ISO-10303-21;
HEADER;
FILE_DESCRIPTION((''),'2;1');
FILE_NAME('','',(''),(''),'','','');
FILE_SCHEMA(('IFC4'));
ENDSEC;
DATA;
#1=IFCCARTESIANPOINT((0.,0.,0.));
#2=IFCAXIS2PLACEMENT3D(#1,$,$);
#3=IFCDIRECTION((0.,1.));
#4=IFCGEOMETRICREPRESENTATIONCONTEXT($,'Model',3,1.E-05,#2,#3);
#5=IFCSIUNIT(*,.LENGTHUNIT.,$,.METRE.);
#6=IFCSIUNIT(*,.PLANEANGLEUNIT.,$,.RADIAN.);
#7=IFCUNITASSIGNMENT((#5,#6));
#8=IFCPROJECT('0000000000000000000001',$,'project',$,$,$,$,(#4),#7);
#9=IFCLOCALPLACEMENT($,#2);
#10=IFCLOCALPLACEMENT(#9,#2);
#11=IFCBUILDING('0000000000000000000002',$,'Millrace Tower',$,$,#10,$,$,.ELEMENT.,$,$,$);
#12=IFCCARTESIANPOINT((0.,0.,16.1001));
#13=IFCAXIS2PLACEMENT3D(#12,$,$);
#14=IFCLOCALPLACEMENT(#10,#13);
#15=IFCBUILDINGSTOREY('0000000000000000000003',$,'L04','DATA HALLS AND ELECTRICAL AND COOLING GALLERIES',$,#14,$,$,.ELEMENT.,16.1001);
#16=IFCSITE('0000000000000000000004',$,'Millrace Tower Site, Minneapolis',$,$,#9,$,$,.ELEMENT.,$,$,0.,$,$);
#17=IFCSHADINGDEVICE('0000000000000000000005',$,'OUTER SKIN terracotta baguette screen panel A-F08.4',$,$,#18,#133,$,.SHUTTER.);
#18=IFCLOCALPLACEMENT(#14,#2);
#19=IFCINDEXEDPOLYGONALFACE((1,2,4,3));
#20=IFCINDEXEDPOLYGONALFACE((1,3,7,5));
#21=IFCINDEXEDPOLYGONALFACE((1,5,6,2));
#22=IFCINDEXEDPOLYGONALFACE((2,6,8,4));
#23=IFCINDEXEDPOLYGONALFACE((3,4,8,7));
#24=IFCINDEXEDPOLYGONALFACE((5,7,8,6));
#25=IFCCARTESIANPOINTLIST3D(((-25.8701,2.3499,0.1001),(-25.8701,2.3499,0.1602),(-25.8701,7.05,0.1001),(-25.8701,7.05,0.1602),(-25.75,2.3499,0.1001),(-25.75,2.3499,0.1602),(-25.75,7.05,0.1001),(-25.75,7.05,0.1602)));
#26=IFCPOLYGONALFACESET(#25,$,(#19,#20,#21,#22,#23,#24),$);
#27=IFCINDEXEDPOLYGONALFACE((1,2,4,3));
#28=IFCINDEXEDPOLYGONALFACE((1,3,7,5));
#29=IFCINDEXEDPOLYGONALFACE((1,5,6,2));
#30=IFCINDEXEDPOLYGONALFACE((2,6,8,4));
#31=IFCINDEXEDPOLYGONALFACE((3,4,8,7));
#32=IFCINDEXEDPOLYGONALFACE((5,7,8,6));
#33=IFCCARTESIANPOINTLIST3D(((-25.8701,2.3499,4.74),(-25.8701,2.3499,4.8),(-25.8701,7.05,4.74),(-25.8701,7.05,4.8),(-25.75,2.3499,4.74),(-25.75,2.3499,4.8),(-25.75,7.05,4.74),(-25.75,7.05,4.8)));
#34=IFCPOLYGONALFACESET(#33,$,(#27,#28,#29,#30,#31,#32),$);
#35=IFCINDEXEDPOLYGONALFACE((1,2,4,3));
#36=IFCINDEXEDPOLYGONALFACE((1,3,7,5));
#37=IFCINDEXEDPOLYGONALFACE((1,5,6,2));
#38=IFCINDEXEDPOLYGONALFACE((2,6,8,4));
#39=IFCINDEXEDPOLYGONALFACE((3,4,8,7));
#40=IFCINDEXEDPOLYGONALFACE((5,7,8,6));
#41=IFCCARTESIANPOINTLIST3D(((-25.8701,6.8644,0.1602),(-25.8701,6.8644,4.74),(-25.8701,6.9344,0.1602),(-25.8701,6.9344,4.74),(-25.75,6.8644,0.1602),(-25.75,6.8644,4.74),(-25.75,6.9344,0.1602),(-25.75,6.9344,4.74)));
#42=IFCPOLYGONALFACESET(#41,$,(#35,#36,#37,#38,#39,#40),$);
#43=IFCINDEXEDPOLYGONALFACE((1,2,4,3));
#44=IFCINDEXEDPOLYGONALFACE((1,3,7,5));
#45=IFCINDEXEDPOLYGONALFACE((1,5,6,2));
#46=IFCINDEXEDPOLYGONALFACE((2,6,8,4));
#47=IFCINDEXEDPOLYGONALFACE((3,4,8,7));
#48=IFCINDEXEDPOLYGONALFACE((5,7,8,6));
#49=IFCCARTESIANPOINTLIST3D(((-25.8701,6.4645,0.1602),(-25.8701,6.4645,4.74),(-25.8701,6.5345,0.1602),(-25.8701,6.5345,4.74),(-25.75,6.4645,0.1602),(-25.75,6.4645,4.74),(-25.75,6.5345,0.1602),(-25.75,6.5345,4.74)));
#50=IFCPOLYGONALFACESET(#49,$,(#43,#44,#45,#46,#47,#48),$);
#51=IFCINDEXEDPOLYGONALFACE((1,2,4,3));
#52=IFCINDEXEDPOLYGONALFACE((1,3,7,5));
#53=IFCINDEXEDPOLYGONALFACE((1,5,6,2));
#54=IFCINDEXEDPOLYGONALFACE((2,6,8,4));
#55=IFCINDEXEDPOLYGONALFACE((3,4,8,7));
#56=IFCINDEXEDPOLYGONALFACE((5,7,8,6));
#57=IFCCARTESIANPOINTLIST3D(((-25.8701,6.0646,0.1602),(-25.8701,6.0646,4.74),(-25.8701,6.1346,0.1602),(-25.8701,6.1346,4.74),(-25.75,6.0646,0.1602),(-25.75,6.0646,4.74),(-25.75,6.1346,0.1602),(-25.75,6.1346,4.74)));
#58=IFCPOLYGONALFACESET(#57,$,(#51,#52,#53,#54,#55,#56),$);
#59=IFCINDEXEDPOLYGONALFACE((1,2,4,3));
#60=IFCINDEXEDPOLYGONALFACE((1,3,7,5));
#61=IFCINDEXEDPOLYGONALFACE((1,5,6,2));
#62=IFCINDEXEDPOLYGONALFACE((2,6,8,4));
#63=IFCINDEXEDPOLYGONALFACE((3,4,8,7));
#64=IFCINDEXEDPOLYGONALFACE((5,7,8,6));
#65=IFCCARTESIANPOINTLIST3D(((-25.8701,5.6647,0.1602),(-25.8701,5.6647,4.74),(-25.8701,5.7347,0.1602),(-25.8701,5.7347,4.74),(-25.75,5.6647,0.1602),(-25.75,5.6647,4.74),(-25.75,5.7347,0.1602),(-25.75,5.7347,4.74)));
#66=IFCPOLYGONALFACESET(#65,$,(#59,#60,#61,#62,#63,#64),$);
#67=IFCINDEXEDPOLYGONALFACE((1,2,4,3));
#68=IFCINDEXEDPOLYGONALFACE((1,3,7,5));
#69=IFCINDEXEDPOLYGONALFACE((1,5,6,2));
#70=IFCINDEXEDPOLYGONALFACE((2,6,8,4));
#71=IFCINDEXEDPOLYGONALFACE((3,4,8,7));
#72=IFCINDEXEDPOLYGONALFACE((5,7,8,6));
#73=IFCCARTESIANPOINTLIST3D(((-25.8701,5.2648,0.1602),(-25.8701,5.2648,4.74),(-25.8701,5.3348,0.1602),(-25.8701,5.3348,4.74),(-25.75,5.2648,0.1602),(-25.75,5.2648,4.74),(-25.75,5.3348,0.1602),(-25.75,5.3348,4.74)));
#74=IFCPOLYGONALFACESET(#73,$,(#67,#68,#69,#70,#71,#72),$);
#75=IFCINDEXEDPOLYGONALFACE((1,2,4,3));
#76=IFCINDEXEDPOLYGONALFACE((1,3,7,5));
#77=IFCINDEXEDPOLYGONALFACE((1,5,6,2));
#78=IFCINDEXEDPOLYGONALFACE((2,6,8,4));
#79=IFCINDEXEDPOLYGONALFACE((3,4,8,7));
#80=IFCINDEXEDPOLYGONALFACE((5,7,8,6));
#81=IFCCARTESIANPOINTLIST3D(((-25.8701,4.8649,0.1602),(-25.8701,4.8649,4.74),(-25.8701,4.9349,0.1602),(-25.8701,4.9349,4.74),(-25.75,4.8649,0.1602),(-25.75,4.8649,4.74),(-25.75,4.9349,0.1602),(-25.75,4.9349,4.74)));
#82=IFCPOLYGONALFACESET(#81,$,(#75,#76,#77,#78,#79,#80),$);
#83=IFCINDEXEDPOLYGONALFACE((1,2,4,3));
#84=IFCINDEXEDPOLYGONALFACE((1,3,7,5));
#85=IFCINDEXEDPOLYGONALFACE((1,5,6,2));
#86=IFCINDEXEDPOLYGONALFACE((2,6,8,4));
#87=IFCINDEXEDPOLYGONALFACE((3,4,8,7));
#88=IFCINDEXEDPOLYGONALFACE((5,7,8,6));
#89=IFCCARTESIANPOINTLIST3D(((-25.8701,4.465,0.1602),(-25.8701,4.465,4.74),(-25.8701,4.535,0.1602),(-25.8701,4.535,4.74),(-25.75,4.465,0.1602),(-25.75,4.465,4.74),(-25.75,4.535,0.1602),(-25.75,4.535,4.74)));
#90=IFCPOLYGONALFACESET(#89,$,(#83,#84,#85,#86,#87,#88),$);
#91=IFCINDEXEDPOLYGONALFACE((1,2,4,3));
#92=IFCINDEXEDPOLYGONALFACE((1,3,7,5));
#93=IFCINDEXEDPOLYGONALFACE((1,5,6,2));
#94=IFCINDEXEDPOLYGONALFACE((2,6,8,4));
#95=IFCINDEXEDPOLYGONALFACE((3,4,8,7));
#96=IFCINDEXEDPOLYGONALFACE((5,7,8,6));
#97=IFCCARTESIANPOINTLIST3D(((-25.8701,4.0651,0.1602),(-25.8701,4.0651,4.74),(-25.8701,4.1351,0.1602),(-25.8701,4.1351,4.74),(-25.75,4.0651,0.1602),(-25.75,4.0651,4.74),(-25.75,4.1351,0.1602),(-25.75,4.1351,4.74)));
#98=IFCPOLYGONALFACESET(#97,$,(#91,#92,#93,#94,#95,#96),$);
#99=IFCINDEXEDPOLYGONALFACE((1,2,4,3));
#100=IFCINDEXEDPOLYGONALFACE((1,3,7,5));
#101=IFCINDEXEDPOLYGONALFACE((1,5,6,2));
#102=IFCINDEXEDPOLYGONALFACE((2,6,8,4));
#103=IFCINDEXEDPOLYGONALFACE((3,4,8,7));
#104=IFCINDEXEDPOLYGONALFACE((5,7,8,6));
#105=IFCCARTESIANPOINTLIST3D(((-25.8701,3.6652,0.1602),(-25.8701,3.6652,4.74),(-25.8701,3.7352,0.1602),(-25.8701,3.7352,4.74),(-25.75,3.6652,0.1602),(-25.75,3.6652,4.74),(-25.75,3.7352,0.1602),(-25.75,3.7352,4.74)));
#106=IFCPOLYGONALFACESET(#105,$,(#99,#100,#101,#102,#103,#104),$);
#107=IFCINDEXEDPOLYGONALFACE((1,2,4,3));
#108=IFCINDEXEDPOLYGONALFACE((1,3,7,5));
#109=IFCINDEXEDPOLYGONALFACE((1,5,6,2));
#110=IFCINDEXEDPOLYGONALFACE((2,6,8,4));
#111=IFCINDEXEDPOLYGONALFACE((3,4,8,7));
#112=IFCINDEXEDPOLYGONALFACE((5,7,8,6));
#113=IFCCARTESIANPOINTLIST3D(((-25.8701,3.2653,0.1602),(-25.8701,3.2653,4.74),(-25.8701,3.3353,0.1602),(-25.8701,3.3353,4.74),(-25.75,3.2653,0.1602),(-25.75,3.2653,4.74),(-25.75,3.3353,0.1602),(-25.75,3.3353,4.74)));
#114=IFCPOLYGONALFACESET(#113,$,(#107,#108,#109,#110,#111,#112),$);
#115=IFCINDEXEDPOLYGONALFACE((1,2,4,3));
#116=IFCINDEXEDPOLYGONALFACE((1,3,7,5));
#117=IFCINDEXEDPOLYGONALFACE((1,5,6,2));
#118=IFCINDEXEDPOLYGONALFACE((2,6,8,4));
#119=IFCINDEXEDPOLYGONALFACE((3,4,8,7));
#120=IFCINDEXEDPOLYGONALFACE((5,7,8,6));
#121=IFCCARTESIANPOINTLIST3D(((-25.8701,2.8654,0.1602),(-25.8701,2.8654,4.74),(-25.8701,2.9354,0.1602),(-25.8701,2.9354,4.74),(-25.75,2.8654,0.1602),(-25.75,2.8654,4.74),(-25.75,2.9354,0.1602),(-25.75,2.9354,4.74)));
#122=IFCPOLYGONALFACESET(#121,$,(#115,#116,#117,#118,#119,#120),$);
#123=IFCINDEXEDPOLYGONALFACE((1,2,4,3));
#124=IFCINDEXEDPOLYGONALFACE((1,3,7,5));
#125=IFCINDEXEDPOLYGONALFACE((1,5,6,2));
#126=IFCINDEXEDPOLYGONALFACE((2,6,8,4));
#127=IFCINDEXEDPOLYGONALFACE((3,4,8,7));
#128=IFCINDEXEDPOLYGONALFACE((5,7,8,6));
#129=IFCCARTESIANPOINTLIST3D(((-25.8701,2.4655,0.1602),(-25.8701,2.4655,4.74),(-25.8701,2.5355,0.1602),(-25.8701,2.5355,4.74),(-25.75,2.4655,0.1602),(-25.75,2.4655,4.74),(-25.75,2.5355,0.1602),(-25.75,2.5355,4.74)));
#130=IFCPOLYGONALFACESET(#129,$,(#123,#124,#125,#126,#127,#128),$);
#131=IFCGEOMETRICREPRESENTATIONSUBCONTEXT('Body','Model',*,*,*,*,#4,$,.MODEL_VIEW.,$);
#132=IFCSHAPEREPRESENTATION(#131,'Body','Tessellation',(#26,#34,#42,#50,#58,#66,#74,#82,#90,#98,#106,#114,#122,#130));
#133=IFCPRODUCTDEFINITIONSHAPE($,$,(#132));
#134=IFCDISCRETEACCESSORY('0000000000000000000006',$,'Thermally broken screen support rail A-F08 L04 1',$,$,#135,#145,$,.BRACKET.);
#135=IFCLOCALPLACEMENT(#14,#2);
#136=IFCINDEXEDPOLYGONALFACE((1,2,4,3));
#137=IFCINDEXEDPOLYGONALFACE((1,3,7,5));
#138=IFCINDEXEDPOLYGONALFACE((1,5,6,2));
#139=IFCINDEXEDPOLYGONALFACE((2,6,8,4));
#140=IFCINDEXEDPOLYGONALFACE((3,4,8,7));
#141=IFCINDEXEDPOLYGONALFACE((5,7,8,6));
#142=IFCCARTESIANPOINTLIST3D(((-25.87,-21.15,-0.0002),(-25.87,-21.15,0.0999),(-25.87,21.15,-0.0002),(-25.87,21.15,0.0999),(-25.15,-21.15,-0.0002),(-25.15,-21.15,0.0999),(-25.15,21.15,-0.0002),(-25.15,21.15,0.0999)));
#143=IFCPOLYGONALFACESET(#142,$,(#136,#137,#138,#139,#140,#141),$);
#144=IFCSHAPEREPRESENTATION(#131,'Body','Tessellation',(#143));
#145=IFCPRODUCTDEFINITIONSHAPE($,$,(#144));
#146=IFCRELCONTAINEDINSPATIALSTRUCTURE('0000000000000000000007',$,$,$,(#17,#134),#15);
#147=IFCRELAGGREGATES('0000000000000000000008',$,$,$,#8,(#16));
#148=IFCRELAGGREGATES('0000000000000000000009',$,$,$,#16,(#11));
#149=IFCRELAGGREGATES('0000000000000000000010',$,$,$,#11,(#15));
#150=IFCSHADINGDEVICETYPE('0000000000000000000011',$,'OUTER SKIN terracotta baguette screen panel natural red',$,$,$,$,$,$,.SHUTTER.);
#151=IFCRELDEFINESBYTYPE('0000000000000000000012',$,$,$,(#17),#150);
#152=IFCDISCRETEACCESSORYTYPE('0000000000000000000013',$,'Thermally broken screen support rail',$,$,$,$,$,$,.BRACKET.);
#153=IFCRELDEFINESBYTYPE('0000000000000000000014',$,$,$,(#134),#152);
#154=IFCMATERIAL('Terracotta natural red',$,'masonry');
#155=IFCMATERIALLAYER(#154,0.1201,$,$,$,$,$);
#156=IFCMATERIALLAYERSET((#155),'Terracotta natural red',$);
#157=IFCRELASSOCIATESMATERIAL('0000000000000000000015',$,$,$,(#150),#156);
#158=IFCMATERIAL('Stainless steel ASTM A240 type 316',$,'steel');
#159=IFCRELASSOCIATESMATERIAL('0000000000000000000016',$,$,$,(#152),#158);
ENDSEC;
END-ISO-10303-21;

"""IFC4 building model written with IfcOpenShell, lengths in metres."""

from ifc_helpers import new_model, entity, si_unit, direction, frame, frame_2d, origin, origin_2d, place, context, subcontext, project, spatial, rectangle, extrude, source, transform, mapped, material, layer, layer_set, type_object, element, save


model = new_model("IFC4")

# Units and contexts
model_context = context("Model", 3, precision=1e-05, world=origin(), true_north=direction((0.0, 1.0)))
body_context = subcontext(model_context, "Body", "Model", "MODEL_VIEW")
ifc_project = project(units=[si_unit("LENGTHUNIT", "METRE"), si_unit("PLANEANGLEUNIT", "RADIAN")], contexts=[model_context])

# Site, building, storey
site_placement = place(None, origin())
site = spatial("IfcSite", under=ifc_project, at=site_placement, Name="Millrace Tower Site, Minneapolis", CompositionType="ELEMENT", RefElevation=0.0)
building_placement = place(site_placement, origin())
building = spatial("IfcBuilding", under=site, at=building_placement, Name="Millrace Tower", CompositionType="ELEMENT")
storey_placement = place(building_placement, frame((0.0, 0.0, 16.1001)))
storey = spatial("IfcBuildingStorey", under=building, at=storey_placement, Name="L04", Description="DATA HALLS AND ELECTRICAL AND COOLING GALLERIES", CompositionType="ELEMENT", Elevation=16.1001)

# Shading device
cartesian_point = entity("IfcCartesianPoint", [-2.3501, 0.0601])
shared_polyline = entity("IfcPolyline", [cartesian_point, entity("IfcCartesianPoint", [2.3501, 0.0601]), entity("IfcCartesianPoint", [2.3501, -0.0601]), entity("IfcCartesianPoint", [-2.3501, -0.0601]), cartesian_point])
ifc_material_1 = material(Name="Terracotta natural red", Category="masonry")
ifc_layer_1 = layer(ifc_material_1, 0.1201)
ifc_layer_set_1 = layer_set([ifc_layer_1], Name="Terracotta natural red")
shading_device_type_1 = type_object("IfcShadingDeviceType", Name="OUTER SKIN terracotta baguette screen panel natural red", PredefinedType="SHUTTER", material=ifc_layer_set_1)
shared_shape_1 = source(origin(), body_context, "Body", "SweptSolid", [
    entity("IfcExtrudedAreaSolid", entity("IfcArbitraryClosedProfileDef", "AREA", None, shared_polyline), entity("IfcAxis2Placement3D", entity("IfcCartesianPoint", [0.0, 0.0, 0.0])), entity("IfcDirection", [0.0, 0.0, 1.0]), 0.0601),
    entity("IfcExtrudedAreaSolid", entity("IfcArbitraryClosedProfileDef", "AREA", None, shared_polyline), entity("IfcAxis2Placement3D", entity("IfcCartesianPoint", [0.0, 0.0, 4.6399])), entity("IfcDirection", [0.0, 0.0, 1.0]), 0.0601),
    extrude(rectangle(XDim=0.0701, YDim=0.1201, at=frame_2d((-2.1995, 0.0))), frame((0.0, 0.0, 0.0601)), (0.0, 0.0, 1.0), 4.5798),
    extrude(rectangle(XDim=0.0701, YDim=0.1201, at=frame_2d((-1.7996, 0.0))), frame((0.0, 0.0, 0.0601)), (0.0, 0.0, 1.0), 4.5798),
    extrude(rectangle(XDim=0.0701, YDim=0.1201, at=frame_2d((-1.3997, 0.0))), frame((0.0, 0.0, 0.0601)), (0.0, 0.0, 1.0), 4.5798),
    extrude(rectangle(XDim=0.0701, YDim=0.1201, at=frame_2d((-0.9998, 0.0))), frame((0.0, 0.0, 0.0601)), (0.0, 0.0, 1.0), 4.5798),
    extrude(rectangle(XDim=0.0701, YDim=0.1201, at=frame_2d((-0.5999, 0.0))), frame((0.0, 0.0, 0.0601)), (0.0, 0.0, 1.0), 4.5798),
    extrude(rectangle(XDim=0.0701, YDim=0.1201, at=frame_2d((-0.2, 0.0))), frame((0.0, 0.0, 0.0601)), (0.0, 0.0, 1.0), 4.5798),
    extrude(rectangle(XDim=0.0701, YDim=0.1201, at=frame_2d((0.2, 0.0))), frame((0.0, 0.0, 0.0601)), (0.0, 0.0, 1.0), 4.5798),
    extrude(rectangle(XDim=0.0701, YDim=0.1201, at=frame_2d((0.5999, 0.0))), frame((0.0, 0.0, 0.0601)), (0.0, 0.0, 1.0), 4.5798),
    extrude(rectangle(XDim=0.0701, YDim=0.1201, at=frame_2d((0.9998, 0.0))), frame((0.0, 0.0, 0.0601)), (0.0, 0.0, 1.0), 4.5798),
    extrude(rectangle(XDim=0.0701, YDim=0.1201, at=frame_2d((1.3997, 0.0))), frame((0.0, 0.0, 0.0601)), (0.0, 0.0, 1.0), 4.5798),
    extrude(rectangle(XDim=0.0701, YDim=0.1201, at=frame_2d((1.7996, 0.0))), frame((0.0, 0.0, 0.0601)), (0.0, 0.0, 1.0), 4.5798),
    extrude(rectangle(XDim=0.0701, YDim=0.1201, at=frame_2d((2.1995, 0.0))), frame((0.0, 0.0, 0.0601)), (0.0, 0.0, 1.0), 4.5798),
])
for number, where, z_axis, x_axis, name in (
    (1, (-25.8101, 4.7, 0.1001), (0.0, 0.0, 1.0), (0.0, -1.0, 0.0), "OUTER SKIN terracotta baguette screen panel A-F08.4"),
):
    element("IfcShadingDevice", number, at=place(storey_placement, frame(where, z_axis=z_axis, x_axis=x_axis)), inside=storey, type_object=shading_device_type_1, Name=name, PredefinedType="SHUTTER", context=body_context, shape_type="MappedRepresentation", body=[
        mapped(shared_shape_1, transform((0.0, 0.0, 0.0), scale=1.0)),
    ])

# Discrete accessory
ifc_material_2 = material(Name="Stainless steel ASTM A240 type 316", Category="steel")
discrete_accessory_type = type_object("IfcDiscreteAccessoryType", Name="Thermally broken screen support rail", PredefinedType="BRACKET", material=ifc_material_2)
discrete_accessory_placement = place(storey_placement, frame((-25.51, 0.0, -0.0002), z_axis=(0.0, 0.0, 1.0), x_axis=(0.0, -1.0, 0.0)))
element("IfcDiscreteAccessory", 2, at=discrete_accessory_placement, inside=storey, type_object=discrete_accessory_type, Name="Thermally broken screen support rail A-F08 L04 1", PredefinedType="BRACKET", context=body_context, shape_type="SweptSolid", body=[
    extrude(rectangle(XDim=42.3, YDim=0.72, at=origin_2d()), origin(), (0.0, 0.0, 1.0), 0.1001),
])

save(model, "model.ifc")
